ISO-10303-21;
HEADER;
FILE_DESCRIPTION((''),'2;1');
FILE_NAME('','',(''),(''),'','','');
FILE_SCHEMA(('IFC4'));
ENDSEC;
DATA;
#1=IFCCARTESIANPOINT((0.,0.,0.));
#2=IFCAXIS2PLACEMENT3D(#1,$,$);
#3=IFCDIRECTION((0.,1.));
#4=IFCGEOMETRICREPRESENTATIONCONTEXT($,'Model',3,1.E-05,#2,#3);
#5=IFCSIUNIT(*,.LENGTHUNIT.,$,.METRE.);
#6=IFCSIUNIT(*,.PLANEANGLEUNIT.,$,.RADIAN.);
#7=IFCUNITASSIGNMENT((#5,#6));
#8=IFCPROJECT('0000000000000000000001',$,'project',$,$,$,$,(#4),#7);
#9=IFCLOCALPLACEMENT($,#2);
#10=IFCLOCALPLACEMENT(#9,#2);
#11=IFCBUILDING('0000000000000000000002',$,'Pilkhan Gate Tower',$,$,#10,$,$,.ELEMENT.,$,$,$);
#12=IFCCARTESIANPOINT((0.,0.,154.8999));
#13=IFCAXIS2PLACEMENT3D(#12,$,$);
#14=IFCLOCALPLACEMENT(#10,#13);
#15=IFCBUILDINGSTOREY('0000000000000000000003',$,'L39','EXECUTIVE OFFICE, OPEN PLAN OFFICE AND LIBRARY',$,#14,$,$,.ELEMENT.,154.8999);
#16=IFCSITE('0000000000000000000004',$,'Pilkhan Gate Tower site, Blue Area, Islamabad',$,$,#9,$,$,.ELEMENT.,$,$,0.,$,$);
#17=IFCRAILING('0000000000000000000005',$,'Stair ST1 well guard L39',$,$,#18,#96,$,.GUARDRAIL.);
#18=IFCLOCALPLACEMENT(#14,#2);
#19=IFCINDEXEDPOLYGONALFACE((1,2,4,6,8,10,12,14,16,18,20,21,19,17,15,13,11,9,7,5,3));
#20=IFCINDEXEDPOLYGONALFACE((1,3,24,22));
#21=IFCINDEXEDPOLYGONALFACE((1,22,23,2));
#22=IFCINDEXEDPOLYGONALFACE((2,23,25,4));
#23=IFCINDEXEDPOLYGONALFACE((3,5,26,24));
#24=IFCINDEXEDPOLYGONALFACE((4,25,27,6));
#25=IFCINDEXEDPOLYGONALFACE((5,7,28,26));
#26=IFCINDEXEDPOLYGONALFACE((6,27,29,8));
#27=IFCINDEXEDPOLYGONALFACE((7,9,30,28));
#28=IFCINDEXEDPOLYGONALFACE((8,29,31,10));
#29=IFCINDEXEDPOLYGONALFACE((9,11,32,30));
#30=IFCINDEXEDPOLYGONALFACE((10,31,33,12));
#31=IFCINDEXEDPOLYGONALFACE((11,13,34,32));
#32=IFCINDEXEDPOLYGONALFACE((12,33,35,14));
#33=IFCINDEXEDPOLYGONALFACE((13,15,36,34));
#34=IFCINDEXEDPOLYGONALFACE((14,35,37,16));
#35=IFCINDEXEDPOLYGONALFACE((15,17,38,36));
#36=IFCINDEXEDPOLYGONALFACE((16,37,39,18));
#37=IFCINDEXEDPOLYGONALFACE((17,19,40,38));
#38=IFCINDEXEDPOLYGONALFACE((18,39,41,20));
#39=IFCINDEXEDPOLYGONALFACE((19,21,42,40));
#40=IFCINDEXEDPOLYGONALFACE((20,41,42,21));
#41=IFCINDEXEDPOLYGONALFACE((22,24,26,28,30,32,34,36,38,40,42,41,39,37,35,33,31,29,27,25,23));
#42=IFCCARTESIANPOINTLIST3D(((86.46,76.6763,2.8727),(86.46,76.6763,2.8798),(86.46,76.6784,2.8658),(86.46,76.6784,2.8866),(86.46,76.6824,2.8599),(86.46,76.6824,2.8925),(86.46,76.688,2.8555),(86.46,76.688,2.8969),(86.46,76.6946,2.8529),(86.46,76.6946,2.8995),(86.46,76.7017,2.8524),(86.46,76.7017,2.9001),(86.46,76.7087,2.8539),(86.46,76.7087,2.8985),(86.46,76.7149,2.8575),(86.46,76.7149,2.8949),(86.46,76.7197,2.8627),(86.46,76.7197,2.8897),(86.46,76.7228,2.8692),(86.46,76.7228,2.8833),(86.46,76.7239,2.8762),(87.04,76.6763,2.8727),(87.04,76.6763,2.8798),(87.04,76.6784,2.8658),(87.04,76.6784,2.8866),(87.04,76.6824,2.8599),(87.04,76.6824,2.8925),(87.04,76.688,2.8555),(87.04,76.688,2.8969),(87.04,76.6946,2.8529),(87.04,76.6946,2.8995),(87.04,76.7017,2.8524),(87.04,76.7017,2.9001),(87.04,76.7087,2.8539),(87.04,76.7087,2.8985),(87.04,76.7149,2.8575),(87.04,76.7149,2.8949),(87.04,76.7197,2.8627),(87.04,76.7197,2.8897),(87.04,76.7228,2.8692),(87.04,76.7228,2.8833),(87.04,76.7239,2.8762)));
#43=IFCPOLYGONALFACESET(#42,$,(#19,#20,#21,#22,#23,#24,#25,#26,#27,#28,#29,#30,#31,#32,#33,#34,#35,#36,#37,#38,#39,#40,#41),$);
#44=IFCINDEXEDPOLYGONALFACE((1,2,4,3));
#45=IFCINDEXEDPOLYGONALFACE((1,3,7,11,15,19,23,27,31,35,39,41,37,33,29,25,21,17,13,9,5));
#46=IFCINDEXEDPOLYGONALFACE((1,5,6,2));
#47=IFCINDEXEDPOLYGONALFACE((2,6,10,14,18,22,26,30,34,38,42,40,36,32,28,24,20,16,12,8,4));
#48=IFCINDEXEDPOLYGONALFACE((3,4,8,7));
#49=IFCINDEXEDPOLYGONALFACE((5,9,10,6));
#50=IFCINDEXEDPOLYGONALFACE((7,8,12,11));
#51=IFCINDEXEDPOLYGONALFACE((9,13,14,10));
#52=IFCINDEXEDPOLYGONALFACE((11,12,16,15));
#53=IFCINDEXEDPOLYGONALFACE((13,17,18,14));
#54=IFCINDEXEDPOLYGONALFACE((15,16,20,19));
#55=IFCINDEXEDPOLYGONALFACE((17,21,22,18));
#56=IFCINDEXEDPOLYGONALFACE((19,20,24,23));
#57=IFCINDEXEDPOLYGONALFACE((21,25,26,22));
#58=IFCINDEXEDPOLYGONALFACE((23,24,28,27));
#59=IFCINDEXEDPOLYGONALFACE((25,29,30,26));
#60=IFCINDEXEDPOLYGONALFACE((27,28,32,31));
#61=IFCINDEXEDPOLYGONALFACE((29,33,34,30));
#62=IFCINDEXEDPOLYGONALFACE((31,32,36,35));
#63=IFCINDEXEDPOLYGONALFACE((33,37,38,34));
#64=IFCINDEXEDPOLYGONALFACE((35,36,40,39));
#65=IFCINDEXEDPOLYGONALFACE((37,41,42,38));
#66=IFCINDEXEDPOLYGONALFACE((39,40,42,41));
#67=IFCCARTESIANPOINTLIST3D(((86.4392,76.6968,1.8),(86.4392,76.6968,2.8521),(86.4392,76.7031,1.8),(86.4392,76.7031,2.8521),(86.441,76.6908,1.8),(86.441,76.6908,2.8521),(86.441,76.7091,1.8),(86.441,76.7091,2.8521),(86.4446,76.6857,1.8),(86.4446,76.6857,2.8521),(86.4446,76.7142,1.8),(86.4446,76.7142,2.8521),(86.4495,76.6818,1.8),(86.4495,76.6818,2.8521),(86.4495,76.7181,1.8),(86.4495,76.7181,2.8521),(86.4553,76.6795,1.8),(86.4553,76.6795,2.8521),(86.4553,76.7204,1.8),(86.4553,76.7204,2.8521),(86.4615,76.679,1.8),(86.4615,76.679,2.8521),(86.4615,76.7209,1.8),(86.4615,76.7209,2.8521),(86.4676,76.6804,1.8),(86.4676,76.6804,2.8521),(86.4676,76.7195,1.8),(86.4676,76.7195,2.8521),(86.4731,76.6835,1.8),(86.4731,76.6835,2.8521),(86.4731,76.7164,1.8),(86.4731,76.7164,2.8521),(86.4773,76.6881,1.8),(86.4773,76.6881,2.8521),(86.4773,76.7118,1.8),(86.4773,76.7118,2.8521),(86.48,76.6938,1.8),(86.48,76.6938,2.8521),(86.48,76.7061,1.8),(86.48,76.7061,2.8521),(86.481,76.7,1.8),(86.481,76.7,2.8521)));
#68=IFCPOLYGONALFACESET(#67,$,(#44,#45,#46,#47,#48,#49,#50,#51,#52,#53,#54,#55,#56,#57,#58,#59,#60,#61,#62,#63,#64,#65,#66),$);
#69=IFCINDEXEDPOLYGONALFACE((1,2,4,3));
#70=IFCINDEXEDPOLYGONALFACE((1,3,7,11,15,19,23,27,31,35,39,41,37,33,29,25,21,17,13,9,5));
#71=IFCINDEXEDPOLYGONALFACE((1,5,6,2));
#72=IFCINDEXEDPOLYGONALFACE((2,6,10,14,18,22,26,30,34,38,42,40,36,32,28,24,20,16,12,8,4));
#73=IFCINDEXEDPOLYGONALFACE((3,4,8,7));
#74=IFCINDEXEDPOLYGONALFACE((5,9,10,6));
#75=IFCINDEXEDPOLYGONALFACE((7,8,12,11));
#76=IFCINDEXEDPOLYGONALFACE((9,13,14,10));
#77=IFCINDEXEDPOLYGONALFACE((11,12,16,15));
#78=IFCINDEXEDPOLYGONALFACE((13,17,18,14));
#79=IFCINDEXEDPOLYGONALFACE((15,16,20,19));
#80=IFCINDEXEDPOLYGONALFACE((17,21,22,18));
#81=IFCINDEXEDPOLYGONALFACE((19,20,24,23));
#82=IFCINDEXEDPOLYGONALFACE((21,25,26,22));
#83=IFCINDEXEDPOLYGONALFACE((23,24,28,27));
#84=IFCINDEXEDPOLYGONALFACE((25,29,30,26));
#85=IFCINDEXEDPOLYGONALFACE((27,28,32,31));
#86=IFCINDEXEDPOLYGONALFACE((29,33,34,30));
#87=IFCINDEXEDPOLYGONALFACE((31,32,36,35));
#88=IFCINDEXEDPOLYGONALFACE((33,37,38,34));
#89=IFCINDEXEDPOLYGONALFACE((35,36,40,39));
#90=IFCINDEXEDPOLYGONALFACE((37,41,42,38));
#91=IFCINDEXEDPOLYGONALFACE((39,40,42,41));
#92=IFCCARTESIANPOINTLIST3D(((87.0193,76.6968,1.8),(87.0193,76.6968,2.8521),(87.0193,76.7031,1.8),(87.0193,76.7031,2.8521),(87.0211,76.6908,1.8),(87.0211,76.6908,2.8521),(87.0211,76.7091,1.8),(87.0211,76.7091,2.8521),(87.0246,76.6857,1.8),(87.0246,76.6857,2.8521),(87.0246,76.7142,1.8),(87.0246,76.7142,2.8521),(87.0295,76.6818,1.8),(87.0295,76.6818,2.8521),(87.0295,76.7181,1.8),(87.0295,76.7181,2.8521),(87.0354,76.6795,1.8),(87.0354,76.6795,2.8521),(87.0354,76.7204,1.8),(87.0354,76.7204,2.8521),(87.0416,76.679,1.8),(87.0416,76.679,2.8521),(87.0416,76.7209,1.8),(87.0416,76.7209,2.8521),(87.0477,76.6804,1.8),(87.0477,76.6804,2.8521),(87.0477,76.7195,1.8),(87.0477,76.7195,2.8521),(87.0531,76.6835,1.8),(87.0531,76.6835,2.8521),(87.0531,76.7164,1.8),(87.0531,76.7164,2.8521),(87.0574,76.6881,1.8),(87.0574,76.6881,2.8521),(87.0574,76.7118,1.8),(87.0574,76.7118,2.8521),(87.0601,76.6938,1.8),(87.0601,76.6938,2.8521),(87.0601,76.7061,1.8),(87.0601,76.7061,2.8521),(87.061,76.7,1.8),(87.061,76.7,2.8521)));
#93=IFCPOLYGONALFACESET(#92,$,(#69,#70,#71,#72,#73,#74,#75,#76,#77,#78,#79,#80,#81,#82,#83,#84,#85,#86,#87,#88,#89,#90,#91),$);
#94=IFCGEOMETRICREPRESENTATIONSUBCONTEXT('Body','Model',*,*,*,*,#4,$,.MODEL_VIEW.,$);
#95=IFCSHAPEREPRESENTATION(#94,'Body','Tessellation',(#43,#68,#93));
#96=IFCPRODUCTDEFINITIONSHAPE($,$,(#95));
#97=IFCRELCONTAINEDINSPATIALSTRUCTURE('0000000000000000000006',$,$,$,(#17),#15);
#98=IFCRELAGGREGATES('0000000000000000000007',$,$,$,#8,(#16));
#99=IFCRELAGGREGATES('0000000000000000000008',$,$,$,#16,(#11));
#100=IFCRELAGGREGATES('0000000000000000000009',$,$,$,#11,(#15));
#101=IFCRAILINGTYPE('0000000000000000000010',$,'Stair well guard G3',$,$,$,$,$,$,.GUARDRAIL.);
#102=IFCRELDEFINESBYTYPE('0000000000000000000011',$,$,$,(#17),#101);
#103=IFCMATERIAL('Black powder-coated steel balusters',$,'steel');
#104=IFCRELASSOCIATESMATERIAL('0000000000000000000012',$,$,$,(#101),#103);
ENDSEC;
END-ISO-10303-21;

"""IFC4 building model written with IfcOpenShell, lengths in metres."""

from ifc_helpers import new_model, si_unit, direction, frame, origin, origin_2d, place, context, subcontext, project, spatial, circle, extrude, material, type_object, element, save


model = new_model("IFC4")

# Units and contexts
model_context = context("Model", 3, precision=1e-05, world=origin(), true_north=direction((0.0, 1.0)))
body_context = subcontext(model_context, "Body", "Model", "MODEL_VIEW")
ifc_project = project(units=[si_unit("LENGTHUNIT", "METRE"), si_unit("PLANEANGLEUNIT", "RADIAN")], contexts=[model_context])

# Site, building, storey
site_placement = place(None, origin())
site = spatial("IfcSite", under=ifc_project, at=site_placement, Name="Pilkhan Gate Tower site, Blue Area, Islamabad", CompositionType="ELEMENT", RefElevation=0.0)
building_placement = place(site_placement, origin())
building = spatial("IfcBuilding", under=site, at=building_placement, Name="Pilkhan Gate Tower", CompositionType="ELEMENT")
storey_placement = place(building_placement, frame((0.0, 0.0, 154.8999)))
storey = spatial("IfcBuildingStorey", under=building, at=storey_placement, Name="L39", Description="EXECUTIVE OFFICE, OPEN PLAN OFFICE AND LIBRARY", CompositionType="ELEMENT", Elevation=154.8999)

# Railing
ifc_material_1 = material(Name="Black powder-coated steel balusters", Category="steel")
railing_type_1 = type_object("IfcRailingType", Name="Stair well guard G3", PredefinedType="GUARDRAIL", material=ifc_material_1)
railing_1_placement = place(storey_placement, frame((86.46, 76.7, 1.8)))
element("IfcRailing", 1, at=railing_1_placement, inside=storey, type_object=railing_type_1, Name="Stair ST1 well guard L39", PredefinedType="GUARDRAIL", context=body_context, shape_type="SweptSolid", body=[
    extrude(circle(Radius=0.0239, at=origin_2d()), frame((0.0, 0.0, 1.0762), z_axis=(1.0, 0.0, 0.0), x_axis=(0.0, 1.0, 0.0)), (0.0, 0.0, 1.0), 0.5801),
    extrude(circle(Radius=0.021, at=origin_2d()), origin(), (0.0, 0.0, 1.0), 1.052),
    extrude(circle(Radius=0.021, at=origin_2d()), frame((0.5801, 0.0, 0.0)), (0.0, 0.0, 1.0), 1.052),
])

save(model, "model.ifc")
